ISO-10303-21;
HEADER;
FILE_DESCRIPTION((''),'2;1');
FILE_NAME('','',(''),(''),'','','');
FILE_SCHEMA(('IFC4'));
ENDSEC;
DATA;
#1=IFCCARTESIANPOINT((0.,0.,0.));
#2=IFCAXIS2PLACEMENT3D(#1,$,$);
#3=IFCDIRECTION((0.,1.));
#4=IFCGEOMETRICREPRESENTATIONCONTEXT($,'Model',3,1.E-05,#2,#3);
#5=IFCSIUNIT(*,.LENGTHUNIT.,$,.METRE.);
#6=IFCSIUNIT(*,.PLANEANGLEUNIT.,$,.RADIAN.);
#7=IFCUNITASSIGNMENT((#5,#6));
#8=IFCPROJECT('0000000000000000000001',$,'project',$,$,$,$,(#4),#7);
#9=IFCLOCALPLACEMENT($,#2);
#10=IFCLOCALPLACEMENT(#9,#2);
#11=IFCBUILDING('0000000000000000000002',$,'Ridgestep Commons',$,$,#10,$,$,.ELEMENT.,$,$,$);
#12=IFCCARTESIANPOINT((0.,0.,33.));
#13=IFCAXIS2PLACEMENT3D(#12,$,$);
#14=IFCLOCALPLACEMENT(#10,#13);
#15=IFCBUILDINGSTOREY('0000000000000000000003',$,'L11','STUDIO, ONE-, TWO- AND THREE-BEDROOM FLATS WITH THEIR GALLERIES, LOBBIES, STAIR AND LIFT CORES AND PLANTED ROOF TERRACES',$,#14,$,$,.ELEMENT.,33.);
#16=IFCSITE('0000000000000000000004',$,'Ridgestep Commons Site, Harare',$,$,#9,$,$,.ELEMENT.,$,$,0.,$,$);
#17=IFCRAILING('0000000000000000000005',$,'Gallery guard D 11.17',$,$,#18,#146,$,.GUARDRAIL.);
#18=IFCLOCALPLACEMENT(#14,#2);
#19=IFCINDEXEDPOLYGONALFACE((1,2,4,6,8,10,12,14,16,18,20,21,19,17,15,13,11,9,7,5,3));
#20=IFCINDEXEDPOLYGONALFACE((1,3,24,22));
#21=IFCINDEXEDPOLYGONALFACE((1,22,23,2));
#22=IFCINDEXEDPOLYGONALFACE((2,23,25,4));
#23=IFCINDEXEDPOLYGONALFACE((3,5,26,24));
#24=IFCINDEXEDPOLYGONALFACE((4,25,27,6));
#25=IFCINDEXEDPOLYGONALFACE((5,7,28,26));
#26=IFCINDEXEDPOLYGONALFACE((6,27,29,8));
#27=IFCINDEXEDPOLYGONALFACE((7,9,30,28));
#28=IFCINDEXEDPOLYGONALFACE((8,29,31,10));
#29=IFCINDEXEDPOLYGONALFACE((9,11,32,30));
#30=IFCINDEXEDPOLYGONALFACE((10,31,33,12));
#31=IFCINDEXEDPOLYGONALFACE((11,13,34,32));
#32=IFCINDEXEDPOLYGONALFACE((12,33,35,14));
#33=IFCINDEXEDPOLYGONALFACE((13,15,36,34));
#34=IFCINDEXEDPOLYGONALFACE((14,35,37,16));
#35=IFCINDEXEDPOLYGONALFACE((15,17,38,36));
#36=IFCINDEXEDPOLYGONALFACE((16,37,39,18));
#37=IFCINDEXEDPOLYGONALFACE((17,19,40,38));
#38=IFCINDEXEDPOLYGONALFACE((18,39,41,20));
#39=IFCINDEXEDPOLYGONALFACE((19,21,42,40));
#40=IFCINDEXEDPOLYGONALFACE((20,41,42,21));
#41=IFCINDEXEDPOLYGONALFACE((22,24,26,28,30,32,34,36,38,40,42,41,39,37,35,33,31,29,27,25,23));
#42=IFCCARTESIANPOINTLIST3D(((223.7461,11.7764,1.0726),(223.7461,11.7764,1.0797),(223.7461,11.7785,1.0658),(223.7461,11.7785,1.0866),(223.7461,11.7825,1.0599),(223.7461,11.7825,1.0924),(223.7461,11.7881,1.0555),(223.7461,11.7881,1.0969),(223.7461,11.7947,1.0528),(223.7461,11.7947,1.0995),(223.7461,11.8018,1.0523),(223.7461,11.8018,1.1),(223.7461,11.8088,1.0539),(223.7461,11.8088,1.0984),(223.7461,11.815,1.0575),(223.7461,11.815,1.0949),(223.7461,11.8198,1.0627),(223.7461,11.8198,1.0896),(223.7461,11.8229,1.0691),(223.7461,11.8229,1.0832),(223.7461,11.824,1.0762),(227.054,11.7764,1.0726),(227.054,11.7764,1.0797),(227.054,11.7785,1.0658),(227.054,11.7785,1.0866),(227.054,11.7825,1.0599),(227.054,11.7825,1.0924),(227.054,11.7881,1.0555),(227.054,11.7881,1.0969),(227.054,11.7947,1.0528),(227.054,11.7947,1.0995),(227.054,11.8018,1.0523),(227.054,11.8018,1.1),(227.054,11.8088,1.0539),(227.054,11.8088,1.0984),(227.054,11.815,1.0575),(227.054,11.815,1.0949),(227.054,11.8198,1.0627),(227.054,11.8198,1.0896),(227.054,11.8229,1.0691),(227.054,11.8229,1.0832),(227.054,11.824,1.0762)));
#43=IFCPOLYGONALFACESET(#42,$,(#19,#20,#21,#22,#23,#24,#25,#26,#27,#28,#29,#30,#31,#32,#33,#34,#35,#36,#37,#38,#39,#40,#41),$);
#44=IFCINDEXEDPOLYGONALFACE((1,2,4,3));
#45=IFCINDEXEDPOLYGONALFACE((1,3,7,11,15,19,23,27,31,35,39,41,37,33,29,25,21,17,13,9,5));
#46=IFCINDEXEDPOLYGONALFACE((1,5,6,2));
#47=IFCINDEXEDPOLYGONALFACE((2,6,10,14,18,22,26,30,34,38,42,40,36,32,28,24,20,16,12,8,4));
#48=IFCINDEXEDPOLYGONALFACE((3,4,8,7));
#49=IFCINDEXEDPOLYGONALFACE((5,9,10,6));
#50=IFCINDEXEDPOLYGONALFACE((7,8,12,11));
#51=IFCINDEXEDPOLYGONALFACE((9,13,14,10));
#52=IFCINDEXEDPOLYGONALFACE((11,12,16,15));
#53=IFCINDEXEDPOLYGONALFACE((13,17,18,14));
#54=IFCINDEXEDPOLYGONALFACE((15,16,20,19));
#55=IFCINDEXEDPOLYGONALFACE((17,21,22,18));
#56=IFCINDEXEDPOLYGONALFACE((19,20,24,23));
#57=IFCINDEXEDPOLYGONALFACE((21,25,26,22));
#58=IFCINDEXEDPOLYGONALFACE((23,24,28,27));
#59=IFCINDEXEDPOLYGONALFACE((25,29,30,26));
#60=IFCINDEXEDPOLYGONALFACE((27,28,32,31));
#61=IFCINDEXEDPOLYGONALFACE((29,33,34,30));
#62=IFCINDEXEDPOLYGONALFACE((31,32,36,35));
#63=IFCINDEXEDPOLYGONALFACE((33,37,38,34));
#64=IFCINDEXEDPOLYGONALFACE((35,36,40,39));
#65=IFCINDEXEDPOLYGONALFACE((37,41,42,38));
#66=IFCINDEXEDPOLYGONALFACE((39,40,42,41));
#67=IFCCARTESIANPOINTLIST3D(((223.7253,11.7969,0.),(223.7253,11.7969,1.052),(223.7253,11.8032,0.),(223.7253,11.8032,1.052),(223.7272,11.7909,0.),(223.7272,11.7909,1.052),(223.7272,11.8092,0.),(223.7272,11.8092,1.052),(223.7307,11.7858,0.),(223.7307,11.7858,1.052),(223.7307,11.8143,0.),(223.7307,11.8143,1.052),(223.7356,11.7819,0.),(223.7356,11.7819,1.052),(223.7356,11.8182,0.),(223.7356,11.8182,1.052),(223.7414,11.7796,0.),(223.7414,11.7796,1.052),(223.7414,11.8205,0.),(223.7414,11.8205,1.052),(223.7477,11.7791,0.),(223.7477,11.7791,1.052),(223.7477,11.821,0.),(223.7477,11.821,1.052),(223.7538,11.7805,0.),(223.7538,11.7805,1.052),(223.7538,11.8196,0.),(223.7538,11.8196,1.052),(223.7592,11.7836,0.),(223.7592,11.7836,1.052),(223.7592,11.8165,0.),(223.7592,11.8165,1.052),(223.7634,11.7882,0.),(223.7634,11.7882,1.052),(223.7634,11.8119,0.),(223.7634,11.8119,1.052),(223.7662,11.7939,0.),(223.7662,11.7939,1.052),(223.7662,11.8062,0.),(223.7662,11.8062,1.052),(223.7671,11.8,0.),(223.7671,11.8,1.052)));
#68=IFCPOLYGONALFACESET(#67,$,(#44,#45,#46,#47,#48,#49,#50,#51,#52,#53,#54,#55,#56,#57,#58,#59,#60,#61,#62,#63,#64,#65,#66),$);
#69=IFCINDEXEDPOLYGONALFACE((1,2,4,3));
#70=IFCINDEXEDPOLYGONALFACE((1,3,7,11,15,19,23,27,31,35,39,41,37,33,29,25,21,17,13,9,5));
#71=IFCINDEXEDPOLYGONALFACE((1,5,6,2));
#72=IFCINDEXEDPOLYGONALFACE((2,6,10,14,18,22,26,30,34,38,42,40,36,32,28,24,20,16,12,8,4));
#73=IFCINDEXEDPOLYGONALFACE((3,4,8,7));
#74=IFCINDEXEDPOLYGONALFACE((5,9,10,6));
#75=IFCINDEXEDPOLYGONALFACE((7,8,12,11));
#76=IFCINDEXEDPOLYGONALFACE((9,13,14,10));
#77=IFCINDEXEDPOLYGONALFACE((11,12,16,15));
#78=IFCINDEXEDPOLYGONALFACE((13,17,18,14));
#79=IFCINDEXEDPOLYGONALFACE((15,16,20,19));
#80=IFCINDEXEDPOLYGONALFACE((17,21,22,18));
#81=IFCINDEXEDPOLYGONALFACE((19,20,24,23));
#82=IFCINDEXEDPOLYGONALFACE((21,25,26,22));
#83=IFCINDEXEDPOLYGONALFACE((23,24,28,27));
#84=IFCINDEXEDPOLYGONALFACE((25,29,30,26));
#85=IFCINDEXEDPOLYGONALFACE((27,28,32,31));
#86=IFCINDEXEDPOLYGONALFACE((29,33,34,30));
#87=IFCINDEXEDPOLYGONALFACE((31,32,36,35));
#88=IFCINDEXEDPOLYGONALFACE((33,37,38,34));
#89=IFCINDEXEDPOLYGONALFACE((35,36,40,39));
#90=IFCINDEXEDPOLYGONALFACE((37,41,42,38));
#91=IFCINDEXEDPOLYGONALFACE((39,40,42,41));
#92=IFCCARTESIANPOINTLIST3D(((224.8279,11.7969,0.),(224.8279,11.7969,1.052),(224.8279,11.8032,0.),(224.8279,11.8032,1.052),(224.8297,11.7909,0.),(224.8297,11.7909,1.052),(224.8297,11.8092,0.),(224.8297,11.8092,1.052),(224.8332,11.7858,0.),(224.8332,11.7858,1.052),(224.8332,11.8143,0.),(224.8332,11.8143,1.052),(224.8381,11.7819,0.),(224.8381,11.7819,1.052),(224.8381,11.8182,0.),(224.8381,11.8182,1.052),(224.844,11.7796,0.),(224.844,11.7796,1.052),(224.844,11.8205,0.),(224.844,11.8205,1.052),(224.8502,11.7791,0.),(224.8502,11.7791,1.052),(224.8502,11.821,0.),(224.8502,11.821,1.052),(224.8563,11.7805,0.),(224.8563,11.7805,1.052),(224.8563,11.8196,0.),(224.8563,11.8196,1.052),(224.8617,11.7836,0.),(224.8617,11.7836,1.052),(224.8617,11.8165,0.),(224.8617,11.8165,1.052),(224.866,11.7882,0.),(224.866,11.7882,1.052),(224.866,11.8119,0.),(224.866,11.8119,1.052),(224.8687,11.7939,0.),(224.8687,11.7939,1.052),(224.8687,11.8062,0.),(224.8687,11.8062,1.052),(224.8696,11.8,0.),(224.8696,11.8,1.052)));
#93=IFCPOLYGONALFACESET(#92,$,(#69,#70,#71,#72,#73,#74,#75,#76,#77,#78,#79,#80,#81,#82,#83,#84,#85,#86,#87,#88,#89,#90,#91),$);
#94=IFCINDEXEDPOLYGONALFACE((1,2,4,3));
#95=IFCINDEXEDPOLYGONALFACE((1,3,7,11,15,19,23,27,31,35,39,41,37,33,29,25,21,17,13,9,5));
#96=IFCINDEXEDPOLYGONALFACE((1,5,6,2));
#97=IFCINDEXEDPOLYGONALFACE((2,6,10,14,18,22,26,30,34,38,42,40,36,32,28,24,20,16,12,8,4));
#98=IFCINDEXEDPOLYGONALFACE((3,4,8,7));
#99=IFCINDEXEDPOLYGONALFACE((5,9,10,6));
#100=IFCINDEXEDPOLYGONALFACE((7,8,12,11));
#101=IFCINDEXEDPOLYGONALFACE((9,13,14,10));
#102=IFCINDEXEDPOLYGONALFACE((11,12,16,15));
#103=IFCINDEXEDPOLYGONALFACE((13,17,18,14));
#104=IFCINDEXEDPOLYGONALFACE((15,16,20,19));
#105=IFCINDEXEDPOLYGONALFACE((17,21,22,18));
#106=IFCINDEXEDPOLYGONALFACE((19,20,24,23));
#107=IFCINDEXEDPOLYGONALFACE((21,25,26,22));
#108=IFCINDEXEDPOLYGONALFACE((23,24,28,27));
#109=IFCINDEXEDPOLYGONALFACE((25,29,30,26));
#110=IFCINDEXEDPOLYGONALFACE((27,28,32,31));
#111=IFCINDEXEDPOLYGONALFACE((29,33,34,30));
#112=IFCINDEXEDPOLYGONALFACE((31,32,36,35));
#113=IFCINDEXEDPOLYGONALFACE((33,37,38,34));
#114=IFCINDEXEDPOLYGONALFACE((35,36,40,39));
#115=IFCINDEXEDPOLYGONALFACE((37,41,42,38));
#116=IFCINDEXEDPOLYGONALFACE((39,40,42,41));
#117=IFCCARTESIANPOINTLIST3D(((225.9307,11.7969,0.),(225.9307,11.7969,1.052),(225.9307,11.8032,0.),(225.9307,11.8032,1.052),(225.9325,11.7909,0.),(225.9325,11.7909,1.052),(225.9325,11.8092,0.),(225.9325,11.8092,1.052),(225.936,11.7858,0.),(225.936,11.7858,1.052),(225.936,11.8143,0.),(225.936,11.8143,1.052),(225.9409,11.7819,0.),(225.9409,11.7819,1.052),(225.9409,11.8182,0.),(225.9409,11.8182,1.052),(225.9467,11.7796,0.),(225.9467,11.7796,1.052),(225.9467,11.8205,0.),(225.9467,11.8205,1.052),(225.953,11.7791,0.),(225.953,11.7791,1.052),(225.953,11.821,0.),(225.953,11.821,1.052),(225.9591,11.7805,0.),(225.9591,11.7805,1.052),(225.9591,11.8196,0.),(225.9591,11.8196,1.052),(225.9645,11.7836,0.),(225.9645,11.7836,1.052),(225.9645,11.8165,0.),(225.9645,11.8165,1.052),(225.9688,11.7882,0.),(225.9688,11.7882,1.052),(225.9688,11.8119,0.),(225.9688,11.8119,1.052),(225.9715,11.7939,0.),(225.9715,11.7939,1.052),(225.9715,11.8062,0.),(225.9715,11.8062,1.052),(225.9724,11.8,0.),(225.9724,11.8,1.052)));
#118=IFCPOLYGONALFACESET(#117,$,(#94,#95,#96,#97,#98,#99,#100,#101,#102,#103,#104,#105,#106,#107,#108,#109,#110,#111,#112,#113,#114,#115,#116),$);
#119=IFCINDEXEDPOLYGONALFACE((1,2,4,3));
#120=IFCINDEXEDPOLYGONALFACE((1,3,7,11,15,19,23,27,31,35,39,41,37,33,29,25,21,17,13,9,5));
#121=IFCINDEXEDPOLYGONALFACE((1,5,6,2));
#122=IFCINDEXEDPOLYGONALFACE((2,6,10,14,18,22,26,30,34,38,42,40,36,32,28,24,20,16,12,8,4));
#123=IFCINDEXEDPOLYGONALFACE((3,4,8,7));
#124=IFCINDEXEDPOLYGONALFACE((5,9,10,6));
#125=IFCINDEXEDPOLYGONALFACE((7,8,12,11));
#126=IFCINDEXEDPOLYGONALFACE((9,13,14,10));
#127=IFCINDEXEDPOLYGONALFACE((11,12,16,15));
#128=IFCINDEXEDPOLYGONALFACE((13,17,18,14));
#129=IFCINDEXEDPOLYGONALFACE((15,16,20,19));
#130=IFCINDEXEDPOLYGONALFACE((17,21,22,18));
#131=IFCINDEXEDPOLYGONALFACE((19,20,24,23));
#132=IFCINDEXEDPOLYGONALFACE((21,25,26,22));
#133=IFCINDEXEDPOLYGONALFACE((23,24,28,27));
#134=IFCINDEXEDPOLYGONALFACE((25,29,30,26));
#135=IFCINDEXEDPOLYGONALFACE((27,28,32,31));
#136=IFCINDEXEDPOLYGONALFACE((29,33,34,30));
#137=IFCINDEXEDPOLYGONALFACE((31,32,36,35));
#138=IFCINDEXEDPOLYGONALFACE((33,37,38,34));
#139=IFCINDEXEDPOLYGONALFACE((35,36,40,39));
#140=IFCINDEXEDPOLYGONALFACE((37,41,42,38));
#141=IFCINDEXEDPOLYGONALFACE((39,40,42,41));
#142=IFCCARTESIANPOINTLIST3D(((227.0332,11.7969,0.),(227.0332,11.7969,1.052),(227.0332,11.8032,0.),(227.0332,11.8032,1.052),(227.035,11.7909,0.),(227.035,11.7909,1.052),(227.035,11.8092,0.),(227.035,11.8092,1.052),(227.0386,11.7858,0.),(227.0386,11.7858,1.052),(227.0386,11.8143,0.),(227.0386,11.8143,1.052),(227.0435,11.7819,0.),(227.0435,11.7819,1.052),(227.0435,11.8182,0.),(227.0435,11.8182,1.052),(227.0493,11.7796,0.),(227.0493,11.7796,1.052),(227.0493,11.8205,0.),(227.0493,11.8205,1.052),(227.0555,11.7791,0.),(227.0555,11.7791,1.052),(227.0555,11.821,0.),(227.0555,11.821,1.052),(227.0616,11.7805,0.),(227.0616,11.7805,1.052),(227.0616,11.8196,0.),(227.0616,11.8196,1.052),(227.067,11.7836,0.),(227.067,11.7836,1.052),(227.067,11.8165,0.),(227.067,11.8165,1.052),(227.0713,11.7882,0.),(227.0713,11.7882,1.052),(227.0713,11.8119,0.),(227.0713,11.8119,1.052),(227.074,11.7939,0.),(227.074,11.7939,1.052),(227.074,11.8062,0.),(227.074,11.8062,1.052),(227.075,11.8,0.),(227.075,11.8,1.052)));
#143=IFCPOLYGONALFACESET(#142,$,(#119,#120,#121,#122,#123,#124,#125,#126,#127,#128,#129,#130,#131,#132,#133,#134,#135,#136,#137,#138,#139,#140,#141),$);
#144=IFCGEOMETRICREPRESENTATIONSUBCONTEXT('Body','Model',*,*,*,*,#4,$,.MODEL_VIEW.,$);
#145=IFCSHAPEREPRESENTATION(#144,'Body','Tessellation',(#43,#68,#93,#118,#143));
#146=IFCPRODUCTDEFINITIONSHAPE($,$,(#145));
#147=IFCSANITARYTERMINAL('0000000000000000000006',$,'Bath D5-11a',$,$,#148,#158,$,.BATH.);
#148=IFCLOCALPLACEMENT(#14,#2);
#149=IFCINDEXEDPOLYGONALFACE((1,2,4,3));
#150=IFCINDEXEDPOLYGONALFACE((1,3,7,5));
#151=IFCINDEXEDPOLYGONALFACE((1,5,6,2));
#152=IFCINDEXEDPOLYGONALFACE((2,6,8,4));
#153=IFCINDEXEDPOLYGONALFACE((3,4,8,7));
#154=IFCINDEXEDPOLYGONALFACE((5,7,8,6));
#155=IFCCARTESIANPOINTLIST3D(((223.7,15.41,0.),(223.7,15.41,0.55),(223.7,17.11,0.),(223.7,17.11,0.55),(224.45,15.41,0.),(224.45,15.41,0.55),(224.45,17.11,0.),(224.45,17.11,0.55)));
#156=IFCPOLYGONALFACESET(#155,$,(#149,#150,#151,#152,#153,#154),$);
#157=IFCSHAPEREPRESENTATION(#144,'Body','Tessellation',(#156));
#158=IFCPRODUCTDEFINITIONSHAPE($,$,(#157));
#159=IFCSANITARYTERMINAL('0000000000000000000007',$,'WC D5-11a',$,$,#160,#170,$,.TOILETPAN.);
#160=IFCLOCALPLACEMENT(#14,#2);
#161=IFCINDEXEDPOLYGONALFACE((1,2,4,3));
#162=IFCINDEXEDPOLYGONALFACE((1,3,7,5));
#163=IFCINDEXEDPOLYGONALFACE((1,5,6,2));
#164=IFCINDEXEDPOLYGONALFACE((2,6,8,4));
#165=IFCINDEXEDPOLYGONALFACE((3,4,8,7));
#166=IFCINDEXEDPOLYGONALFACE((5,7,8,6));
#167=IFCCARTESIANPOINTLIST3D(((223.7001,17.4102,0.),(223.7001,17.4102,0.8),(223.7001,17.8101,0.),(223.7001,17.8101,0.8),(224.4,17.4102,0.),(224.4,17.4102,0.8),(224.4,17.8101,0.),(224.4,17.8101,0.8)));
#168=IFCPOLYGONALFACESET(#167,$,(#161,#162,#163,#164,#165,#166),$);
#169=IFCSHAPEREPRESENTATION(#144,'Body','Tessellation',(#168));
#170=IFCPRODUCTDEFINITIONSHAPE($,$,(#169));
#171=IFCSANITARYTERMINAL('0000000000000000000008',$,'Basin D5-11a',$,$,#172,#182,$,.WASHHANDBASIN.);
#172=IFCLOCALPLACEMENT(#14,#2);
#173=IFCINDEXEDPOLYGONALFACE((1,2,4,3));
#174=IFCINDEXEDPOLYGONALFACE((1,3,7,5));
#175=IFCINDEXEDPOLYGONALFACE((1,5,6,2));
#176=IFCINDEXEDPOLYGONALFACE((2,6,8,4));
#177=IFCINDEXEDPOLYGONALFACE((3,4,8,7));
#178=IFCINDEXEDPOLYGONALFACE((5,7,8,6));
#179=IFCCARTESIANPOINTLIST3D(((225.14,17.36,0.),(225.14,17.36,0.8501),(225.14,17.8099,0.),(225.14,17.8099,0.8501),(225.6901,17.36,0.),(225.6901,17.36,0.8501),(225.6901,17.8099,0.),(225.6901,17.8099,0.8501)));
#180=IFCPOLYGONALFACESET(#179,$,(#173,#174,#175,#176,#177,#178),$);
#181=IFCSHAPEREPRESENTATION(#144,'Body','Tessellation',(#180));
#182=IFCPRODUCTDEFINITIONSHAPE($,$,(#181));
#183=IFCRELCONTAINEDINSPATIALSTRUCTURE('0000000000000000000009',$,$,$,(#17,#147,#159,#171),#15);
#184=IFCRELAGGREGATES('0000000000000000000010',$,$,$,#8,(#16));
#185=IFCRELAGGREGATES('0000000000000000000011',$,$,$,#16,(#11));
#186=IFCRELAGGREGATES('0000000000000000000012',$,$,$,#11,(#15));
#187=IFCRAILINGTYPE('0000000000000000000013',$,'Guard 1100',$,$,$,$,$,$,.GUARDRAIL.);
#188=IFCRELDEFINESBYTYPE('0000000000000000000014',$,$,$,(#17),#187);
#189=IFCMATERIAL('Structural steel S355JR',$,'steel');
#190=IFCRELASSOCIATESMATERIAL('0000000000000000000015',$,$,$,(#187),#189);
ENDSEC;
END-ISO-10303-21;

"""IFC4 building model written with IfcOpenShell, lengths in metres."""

from ifc_helpers import new_model, si_unit, direction, frame, origin, origin_2d, place, context, subcontext, project, spatial, rectangle, circle, extrude, material, type_object, element, save


model = new_model("IFC4")

# Units and contexts
model_context = context("Model", 3, precision=1e-05, world=origin(), true_north=direction((0.0, 1.0)))
body_context = subcontext(model_context, "Body", "Model", "MODEL_VIEW")
ifc_project = project(units=[si_unit("LENGTHUNIT", "METRE"), si_unit("PLANEANGLEUNIT", "RADIAN")], contexts=[model_context])

# Site, building, storey
site_placement = place(None, origin())
site = spatial("IfcSite", under=ifc_project, at=site_placement, Name="Ridgestep Commons Site, Harare", CompositionType="ELEMENT", RefElevation=0.0)
building_placement = place(site_placement, origin())
building = spatial("IfcBuilding", under=site, at=building_placement, Name="Ridgestep Commons", CompositionType="ELEMENT")
storey_placement = place(building_placement, frame((0.0, 0.0, 33.0)))
storey = spatial("IfcBuildingStorey", under=building, at=storey_placement, Name="L11", Description="STUDIO, ONE-, TWO- AND THREE-BEDROOM FLATS WITH THEIR GALLERIES, LOBBIES, STAIR AND LIFT CORES AND PLANTED ROOF TERRACES", CompositionType="ELEMENT", Elevation=33.0)

# Railing
ifc_material_1 = material(Name="Structural steel S355JR", Category="steel")
railing_type = type_object("IfcRailingType", Name="Guard 1100", PredefinedType="GUARDRAIL", material=ifc_material_1)
railing_1_placement = place(storey_placement, frame((223.7461, 11.8, 0.0)))
element("IfcRailing", 1, at=railing_1_placement, inside=storey, type_object=railing_type, Name="Gallery guard D 11.17", PredefinedType="GUARDRAIL", context=body_context, shape_type="SweptSolid", body=[
    extrude(circle(Radius=0.0239, at=origin_2d()), frame((0.0, 0.0, 1.0762), z_axis=(1.0, 0.0, 0.0), x_axis=(0.0, 1.0, 0.0)), (0.0, 0.0, 1.0), 3.3079),
    extrude(circle(Radius=0.021, at=origin_2d()), origin(), (0.0, 0.0, 1.0), 1.052),
    extrude(circle(Radius=0.021, at=origin_2d()), frame((1.1025, 0.0, 0.0)), (0.0, 0.0, 1.0), 1.052),
    extrude(circle(Radius=0.021, at=origin_2d()), frame((2.2053, 0.0, 0.0)), (0.0, 0.0, 1.0), 1.052),
    extrude(circle(Radius=0.021, at=origin_2d()), frame((3.3079, 0.0, 0.0)), (0.0, 0.0, 1.0), 1.052),
])

# Sanitary terminals
sanitary_terminal_1_placement = place(storey_placement, frame((224.075, 16.26, 0.0), z_axis=(0.0, 0.0, 1.0), x_axis=(1.0, 0.0, 0.0)))
element("IfcSanitaryTerminal", 2, at=sanitary_terminal_1_placement, inside=storey, Name="Bath D5-11a", PredefinedType="BATH", context=body_context, shape_type="SweptSolid", body=[
    extrude(rectangle(XDim=0.75, YDim=1.7, at=origin_2d()), origin(), (0.0, 0.0, 1.0), 0.55),
])
sanitary_terminal_2_placement = place(storey_placement, frame((224.05, 17.6101, 0.0), z_axis=(0.0, 0.0, 1.0), x_axis=(1.0, 0.0, 0.0)))
element("IfcSanitaryTerminal", 3, at=sanitary_terminal_2_placement, inside=storey, Name="WC D5-11a", PredefinedType="TOILETPAN", context=body_context, shape_type="SweptSolid", body=[
    extrude(rectangle(XDim=0.7, YDim=0.3999, at=origin_2d()), origin(), (0.0, 0.0, 1.0), 0.8),
])
sanitary_terminal_3_placement = place(storey_placement, frame((225.415, 17.585, 0.0), z_axis=(0.0, 0.0, 1.0), x_axis=(1.0, 0.0, 0.0)))
element("IfcSanitaryTerminal", 4, at=sanitary_terminal_3_placement, inside=storey, Name="Basin D5-11a", PredefinedType="WASHHANDBASIN", context=body_context, shape_type="SweptSolid", body=[
    extrude(rectangle(XDim=0.55, YDim=0.45, at=origin_2d()), origin(), (0.0, 0.0, 1.0), 0.8501),
])

save(model, "model.ifc")
